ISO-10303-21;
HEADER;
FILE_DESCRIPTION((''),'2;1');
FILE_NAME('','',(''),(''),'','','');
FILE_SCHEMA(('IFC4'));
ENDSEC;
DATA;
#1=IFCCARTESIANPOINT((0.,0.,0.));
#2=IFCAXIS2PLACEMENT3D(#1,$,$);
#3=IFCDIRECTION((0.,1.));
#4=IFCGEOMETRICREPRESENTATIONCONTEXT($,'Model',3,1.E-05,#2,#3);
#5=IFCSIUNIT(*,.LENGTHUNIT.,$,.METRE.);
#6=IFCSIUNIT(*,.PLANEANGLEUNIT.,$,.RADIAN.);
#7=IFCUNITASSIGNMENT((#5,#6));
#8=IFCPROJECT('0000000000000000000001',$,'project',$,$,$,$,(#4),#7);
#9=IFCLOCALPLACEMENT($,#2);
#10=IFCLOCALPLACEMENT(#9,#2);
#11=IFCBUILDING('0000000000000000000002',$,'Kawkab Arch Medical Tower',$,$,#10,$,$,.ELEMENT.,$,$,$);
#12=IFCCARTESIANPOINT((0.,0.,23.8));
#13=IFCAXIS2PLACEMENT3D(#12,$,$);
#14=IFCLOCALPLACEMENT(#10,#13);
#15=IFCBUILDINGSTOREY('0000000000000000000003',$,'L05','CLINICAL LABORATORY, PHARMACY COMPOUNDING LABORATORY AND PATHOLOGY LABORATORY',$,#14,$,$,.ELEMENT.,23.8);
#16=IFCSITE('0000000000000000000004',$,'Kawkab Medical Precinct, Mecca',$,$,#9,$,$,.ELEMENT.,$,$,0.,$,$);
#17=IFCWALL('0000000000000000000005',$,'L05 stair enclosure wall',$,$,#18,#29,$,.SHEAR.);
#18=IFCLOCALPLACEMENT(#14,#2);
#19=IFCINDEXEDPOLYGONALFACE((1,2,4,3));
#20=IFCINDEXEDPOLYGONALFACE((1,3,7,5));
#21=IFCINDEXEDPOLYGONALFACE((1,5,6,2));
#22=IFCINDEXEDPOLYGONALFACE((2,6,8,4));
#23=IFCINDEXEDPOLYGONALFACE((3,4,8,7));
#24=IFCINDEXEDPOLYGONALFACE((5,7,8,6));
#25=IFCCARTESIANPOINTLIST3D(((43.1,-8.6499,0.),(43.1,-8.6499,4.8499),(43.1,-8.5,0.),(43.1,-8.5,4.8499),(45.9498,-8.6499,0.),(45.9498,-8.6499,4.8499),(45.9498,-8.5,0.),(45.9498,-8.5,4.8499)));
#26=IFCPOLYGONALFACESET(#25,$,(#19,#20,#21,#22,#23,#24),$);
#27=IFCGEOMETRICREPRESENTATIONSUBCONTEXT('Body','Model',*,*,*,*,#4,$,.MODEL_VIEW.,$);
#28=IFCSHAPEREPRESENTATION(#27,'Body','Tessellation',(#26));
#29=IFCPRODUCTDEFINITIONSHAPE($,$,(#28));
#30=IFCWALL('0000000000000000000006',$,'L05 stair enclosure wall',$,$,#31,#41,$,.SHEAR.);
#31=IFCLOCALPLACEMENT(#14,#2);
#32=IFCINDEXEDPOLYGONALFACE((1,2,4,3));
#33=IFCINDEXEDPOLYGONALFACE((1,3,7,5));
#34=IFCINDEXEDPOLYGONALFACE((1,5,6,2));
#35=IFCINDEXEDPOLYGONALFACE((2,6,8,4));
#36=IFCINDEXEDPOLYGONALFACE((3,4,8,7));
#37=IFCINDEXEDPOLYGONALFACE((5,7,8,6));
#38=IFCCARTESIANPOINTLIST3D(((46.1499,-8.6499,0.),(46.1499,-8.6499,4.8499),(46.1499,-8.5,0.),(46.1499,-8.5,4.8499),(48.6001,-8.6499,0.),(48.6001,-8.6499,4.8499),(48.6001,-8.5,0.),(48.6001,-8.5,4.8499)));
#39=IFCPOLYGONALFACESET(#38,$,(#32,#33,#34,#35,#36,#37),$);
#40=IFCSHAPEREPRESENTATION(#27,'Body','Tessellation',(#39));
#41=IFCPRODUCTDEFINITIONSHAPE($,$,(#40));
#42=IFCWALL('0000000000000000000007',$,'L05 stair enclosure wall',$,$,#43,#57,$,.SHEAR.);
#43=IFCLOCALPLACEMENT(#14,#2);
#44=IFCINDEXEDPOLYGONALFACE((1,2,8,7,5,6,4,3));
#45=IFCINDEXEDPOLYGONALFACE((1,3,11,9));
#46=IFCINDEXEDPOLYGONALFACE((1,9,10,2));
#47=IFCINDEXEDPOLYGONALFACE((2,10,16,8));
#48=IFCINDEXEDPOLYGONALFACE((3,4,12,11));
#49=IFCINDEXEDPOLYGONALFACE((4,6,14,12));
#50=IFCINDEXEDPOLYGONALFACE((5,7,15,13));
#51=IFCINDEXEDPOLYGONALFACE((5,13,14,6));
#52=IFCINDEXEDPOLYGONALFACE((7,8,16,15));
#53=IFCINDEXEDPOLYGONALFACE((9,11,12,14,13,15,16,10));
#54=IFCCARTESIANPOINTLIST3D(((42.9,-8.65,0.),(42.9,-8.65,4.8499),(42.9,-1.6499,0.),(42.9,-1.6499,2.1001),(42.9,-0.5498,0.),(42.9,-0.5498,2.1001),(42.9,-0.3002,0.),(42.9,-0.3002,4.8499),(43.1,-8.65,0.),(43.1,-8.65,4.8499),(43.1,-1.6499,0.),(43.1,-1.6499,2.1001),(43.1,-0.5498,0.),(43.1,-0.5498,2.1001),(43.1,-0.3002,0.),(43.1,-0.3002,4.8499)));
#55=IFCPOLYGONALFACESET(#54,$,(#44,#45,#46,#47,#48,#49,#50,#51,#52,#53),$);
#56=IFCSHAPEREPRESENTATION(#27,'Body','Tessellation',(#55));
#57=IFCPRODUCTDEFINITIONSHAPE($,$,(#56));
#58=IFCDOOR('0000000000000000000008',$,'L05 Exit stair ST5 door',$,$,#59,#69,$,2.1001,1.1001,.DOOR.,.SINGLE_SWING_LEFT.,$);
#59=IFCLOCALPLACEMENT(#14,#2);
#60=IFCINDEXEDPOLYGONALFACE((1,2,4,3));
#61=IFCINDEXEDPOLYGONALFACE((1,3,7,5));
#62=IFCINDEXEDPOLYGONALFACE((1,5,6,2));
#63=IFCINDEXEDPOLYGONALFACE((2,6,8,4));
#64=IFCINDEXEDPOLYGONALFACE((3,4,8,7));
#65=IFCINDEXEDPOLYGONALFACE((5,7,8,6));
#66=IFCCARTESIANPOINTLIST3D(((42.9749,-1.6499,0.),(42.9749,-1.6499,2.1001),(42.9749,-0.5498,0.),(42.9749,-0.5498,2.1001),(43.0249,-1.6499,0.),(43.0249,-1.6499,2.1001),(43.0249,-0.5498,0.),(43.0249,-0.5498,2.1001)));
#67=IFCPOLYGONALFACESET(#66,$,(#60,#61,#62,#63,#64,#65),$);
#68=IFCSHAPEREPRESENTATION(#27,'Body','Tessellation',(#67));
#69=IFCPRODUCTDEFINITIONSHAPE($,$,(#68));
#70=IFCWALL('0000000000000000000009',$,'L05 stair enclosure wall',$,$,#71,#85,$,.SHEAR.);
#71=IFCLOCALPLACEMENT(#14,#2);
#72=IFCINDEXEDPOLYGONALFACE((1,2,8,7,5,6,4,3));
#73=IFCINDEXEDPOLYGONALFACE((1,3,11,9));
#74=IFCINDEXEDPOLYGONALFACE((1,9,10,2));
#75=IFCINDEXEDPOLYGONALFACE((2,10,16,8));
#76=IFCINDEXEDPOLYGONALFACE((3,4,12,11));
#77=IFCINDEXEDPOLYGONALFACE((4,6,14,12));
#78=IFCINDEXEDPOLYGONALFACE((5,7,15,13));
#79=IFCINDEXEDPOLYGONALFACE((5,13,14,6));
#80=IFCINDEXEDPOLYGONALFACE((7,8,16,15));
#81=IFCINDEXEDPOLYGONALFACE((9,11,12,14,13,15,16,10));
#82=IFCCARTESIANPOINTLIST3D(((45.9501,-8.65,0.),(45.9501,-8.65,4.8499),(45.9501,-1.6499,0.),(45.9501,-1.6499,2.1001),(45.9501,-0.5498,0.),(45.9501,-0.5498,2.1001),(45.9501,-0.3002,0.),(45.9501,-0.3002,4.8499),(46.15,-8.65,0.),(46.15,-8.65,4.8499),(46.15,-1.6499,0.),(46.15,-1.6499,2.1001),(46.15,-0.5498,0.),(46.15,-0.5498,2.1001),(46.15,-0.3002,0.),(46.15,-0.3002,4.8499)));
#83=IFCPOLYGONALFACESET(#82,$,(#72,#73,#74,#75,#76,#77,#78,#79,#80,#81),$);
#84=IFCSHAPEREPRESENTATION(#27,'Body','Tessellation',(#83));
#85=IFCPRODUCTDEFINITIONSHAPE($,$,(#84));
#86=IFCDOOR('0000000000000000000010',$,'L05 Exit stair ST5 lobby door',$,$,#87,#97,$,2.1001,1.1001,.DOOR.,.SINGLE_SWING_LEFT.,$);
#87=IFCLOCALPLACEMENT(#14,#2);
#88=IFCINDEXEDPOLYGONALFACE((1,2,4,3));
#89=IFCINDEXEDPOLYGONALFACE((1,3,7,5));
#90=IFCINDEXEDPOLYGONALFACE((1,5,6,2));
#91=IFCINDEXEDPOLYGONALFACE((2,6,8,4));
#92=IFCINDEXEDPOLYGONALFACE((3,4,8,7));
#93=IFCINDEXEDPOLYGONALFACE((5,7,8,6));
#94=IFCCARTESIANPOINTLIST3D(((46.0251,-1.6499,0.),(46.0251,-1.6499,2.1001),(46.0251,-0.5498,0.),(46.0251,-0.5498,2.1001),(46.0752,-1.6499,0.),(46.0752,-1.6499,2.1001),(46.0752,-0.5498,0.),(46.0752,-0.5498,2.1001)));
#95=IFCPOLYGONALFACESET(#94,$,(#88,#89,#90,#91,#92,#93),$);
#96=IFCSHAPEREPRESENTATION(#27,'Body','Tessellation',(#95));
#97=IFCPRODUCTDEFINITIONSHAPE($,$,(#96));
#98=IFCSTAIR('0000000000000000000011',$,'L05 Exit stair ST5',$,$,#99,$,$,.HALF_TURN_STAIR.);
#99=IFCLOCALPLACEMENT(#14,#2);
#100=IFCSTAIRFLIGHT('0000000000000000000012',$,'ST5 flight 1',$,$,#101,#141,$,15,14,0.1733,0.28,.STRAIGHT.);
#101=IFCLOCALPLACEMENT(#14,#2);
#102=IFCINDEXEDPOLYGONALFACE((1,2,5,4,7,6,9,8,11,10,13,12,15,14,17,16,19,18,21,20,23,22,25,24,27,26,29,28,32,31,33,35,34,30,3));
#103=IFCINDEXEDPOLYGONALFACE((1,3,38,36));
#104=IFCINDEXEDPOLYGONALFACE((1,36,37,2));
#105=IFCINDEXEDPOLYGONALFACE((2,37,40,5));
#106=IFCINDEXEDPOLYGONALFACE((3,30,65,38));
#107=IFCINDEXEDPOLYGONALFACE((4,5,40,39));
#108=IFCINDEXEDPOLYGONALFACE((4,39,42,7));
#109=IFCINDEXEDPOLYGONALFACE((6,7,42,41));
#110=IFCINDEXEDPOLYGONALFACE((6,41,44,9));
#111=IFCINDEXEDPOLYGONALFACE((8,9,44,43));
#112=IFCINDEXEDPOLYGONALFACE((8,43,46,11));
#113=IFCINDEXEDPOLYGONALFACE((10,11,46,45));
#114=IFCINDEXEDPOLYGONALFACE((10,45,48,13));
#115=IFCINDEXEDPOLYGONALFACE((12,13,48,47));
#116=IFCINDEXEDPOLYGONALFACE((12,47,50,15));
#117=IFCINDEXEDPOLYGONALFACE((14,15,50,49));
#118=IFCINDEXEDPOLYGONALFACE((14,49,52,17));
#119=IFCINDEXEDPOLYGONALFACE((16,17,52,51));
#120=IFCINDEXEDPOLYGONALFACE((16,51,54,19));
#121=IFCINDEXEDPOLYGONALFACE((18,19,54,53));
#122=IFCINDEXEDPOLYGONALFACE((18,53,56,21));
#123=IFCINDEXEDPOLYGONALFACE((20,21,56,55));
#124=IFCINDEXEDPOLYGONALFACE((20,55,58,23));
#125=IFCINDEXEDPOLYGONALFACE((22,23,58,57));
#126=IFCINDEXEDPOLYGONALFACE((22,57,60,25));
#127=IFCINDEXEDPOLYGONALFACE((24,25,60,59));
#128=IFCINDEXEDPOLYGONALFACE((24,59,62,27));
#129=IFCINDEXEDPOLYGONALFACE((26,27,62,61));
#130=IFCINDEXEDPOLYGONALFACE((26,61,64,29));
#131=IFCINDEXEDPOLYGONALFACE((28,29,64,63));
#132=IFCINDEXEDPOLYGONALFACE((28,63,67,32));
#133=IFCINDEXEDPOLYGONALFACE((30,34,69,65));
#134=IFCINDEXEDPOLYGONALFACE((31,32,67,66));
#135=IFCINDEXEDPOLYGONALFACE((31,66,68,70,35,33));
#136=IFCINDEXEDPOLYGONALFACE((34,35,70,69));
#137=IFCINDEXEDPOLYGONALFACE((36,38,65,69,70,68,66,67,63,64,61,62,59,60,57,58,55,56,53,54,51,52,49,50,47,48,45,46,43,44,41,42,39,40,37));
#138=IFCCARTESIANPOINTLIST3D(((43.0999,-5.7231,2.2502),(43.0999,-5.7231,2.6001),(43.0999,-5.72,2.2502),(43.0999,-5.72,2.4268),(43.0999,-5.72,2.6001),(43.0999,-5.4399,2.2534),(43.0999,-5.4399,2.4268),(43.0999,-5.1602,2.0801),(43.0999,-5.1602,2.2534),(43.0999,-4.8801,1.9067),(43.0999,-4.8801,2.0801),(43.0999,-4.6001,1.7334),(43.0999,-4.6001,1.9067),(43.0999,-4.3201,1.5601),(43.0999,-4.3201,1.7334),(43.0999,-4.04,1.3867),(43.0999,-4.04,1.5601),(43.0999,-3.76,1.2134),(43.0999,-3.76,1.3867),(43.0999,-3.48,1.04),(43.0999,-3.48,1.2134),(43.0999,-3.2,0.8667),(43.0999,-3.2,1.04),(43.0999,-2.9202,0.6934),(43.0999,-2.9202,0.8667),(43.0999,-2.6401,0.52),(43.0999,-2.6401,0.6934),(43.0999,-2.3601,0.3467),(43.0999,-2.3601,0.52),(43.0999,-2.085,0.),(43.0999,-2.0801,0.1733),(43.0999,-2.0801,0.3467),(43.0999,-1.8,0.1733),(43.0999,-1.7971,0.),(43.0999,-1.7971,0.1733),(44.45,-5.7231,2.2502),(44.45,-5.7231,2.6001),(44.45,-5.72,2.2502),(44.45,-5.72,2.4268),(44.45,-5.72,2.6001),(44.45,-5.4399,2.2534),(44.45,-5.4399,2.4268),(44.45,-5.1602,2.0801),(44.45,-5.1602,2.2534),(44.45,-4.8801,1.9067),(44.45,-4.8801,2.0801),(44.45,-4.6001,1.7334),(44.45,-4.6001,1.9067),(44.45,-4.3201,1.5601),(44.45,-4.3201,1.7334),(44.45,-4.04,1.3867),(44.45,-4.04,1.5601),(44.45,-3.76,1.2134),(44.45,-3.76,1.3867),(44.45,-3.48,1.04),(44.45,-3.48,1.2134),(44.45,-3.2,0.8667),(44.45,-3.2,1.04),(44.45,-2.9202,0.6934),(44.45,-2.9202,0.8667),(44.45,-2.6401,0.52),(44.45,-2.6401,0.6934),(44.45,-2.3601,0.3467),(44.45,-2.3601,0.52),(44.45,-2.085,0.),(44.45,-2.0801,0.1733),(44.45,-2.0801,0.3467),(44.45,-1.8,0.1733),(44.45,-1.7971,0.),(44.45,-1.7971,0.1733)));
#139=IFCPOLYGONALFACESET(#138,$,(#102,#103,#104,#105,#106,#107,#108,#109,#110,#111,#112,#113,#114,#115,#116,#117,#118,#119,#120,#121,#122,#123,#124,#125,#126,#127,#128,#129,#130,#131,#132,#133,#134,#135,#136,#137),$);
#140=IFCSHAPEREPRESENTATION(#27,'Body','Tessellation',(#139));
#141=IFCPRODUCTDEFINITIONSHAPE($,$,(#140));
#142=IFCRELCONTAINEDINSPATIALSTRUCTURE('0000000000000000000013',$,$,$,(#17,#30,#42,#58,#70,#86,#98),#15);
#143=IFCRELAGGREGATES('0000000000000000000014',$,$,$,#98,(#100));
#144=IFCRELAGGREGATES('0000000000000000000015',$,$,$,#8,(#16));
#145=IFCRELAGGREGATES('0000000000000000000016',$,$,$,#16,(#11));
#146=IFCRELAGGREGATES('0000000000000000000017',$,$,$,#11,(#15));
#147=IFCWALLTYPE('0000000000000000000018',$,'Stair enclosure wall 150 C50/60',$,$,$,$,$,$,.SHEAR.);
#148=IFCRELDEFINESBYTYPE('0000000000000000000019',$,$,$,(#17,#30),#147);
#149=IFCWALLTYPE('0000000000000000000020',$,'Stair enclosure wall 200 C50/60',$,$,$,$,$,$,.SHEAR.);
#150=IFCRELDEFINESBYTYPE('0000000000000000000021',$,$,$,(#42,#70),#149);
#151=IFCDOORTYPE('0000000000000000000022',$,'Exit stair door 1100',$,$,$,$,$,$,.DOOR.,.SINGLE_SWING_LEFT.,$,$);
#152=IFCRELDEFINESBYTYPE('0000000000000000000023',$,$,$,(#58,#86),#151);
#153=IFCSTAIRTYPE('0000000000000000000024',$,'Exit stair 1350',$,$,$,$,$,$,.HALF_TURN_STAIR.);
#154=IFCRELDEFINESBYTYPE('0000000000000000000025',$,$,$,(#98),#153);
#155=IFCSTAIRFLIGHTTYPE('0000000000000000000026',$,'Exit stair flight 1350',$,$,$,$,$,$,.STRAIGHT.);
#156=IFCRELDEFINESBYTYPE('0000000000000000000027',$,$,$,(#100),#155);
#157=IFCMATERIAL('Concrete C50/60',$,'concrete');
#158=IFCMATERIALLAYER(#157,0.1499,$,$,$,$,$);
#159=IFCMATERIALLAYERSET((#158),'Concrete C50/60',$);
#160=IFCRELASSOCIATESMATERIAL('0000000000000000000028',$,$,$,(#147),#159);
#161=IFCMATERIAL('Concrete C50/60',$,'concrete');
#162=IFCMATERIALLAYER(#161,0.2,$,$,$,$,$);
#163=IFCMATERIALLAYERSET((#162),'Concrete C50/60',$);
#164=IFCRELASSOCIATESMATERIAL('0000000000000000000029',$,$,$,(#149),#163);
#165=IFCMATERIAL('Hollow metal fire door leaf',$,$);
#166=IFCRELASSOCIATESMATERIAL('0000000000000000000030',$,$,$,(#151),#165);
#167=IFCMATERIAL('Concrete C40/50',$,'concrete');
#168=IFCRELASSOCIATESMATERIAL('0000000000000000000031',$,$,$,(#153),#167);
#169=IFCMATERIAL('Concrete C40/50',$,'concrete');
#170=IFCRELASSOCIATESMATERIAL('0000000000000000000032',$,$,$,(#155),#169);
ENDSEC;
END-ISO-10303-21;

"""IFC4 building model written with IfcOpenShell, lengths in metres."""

from ifc_helpers import new_model, si_unit, direction, frame, frame_2d, origin, place, context, subcontext, project, spatial, polyline, rectangle, outline, extrude, material, layer, layer_set, type_object, element, fill, aggregate, save


model = new_model("IFC4")

# Units and contexts
model_context = context("Model", 3, precision=1e-05, world=origin(), true_north=direction((0.0, 1.0)))
body_context = subcontext(model_context, "Body", "Model", "MODEL_VIEW")
ifc_project = project(units=[si_unit("LENGTHUNIT", "METRE"), si_unit("PLANEANGLEUNIT", "RADIAN")], contexts=[model_context])

# Site, building, storey
site_placement = place(None, origin())
site = spatial("IfcSite", under=ifc_project, at=site_placement, Name="Kawkab Medical Precinct, Mecca", CompositionType="ELEMENT", RefElevation=0.0)
building_placement = place(site_placement, origin())
building = spatial("IfcBuilding", under=site, at=building_placement, Name="Kawkab Arch Medical Tower", CompositionType="ELEMENT")
storey_placement = place(building_placement, frame((0.0, 0.0, 23.8)))
storey = spatial("IfcBuildingStorey", under=building, at=storey_placement, Name="L05", Description="CLINICAL LABORATORY, PHARMACY COMPOUNDING LABORATORY AND PATHOLOGY LABORATORY", CompositionType="ELEMENT", Elevation=23.8)

# Walls
ifc_material_1 = material(Name="Concrete C50/60", Category="concrete")
ifc_layer_1 = layer(ifc_material_1, 0.1499)
ifc_layer_set_1 = layer_set([ifc_layer_1], Name="Concrete C50/60")
wall_type_1 = type_object("IfcWallType", Name="Stair enclosure wall 150 C50/60", PredefinedType="SHEAR", material=ifc_layer_set_1)
wall_1_placement = place(storey_placement, frame((43.1001, -8.575, 0.0), z_axis=(0.0, 0.0, 1.0), x_axis=(1.0, 0.0, 0.0)))
element("IfcWall", 1, at=wall_1_placement, inside=storey, type_object=wall_type_1, Name="L05 stair enclosure wall", PredefinedType="SHEAR", context=body_context, shape_type="SweptSolid", body=[
    extrude(rectangle(XDim=2.8499, YDim=0.1499, at=frame_2d((1.4248, 0.0))), origin(), (0.0, 0.0, 1.0), 4.8499),
])
wall_2_placement = place(storey_placement, frame((46.1499, -8.575, 0.0), z_axis=(0.0, 0.0, 1.0), x_axis=(1.0, 0.0, 0.0)))
element("IfcWall", 2, at=wall_2_placement, inside=storey, type_object=wall_type_1, Name="L05 stair enclosure wall", PredefinedType="SHEAR", context=body_context, shape_type="SweptSolid", body=[
    extrude(rectangle(XDim=2.4502, YDim=0.1499, at=frame_2d((1.2251, 0.0))), origin(), (0.0, 0.0, 1.0), 4.8499),
])

# Walls, openings, doors
ifc_material_2 = material(Name="Concrete C50/60", Category="concrete")
ifc_layer_2 = layer(ifc_material_2, 0.2)
ifc_layer_set_2 = layer_set([ifc_layer_2], Name="Concrete C50/60")
wall_type_2 = type_object("IfcWallType", Name="Stair enclosure wall 200 C50/60", PredefinedType="SHEAR", material=ifc_layer_set_2)
wall_3_placement = place(storey_placement, frame((43.0, -8.6499, 0.0), z_axis=(0.0, 0.0, 1.0), x_axis=(0.0, 1.0, 0.0)))
wall_3 = element("IfcWall", 3, at=wall_3_placement, inside=storey, type_object=wall_type_2, Name="L05 stair enclosure wall", PredefinedType="SHEAR", context=body_context, shape_type="SweptSolid", body=[
    extrude(rectangle(XDim=8.3499, YDim=0.2, at=frame_2d((4.1748, 0.0))), origin(), (0.0, 0.0, 1.0), 4.8499),
])
opening_1_placement = place(wall_3_placement, frame((7.0, 0.0, 0.0)))
opening_1 = element("IfcOpeningElement", 4, at=opening_1_placement, cuts=wall_3, PredefinedType="OPENING", context=body_context, shape_type="SweptSolid", body=[
    extrude(rectangle(XDim=1.1001, YDim=2.1001, at=frame_2d((0.55, 1.05))), frame((0.0, 0.1099, 0.0), z_axis=(0.0, -1.0, 0.0), x_axis=(1.0, 0.0, 0.0)), (0.0, 0.0, 1.0), 0.22),
])
ifc_material_3 = material(Name="Hollow metal fire door leaf")
door_type_1 = type_object("IfcDoorType", Name="Exit stair door 1100", OperationType="SINGLE_SWING_LEFT", PredefinedType="DOOR", material=ifc_material_3)
door_1_placement = place(opening_1_placement, frame((1.1001, 0.0, 0.0), z_axis=(0.0, 0.0, 1.0), x_axis=(-1.0, 0.0, 0.0)))
door_1 = element("IfcDoor", 5, at=door_1_placement, inside=storey, type_object=door_type_1, Name="L05 Exit stair ST5 door", OperationType="SINGLE_SWING_LEFT", OverallHeight=2.1001, OverallWidth=1.1001, PredefinedType="DOOR", context=body_context, shape_type="SweptSolid", body=[
    extrude(rectangle(XDim=1.1001, YDim=2.1001, at=frame_2d((0.55, 1.05))), frame((0.0, 0.0249, 0.0), z_axis=(0.0, -1.0, 0.0), x_axis=(1.0, 0.0, 0.0)), (0.0, 0.0, 1.0), 0.05),
])
fill(opening_1, door_1)
wall_4_placement = place(storey_placement, frame((46.05, -8.6499, 0.0), z_axis=(0.0, 0.0, 1.0), x_axis=(0.0, 1.0, 0.0)))
wall_4 = element("IfcWall", 6, at=wall_4_placement, inside=storey, type_object=wall_type_2, Name="L05 stair enclosure wall", PredefinedType="SHEAR", context=body_context, shape_type="SweptSolid", body=[
    extrude(rectangle(XDim=8.3499, YDim=0.2, at=frame_2d((4.1748, 0.0))), origin(), (0.0, 0.0, 1.0), 4.8499),
])
opening_2_placement = place(wall_4_placement, frame((7.0, 0.0, 0.0)))
opening_2 = element("IfcOpeningElement", 7, at=opening_2_placement, cuts=wall_4, PredefinedType="OPENING", context=body_context, shape_type="SweptSolid", body=[
    extrude(rectangle(XDim=1.1001, YDim=2.1001, at=frame_2d((0.55, 1.05))), frame((0.0, 0.1099, 0.0), z_axis=(0.0, -1.0, 0.0), x_axis=(1.0, 0.0, 0.0)), (0.0, 0.0, 1.0), 0.22),
])
door_2_placement = place(opening_2_placement, origin())
door_2 = element("IfcDoor", 8, at=door_2_placement, inside=storey, type_object=door_type_1, Name="L05 Exit stair ST5 lobby door", OperationType="SINGLE_SWING_LEFT", OverallHeight=2.1001, OverallWidth=1.1001, PredefinedType="DOOR", context=body_context, shape_type="SweptSolid", body=[
    extrude(rectangle(XDim=1.1001, YDim=2.1001, at=frame_2d((0.55, 1.05))), frame((0.0, 0.0249, 0.0), z_axis=(0.0, -1.0, 0.0), x_axis=(1.0, 0.0, 0.0)), (0.0, 0.0, 1.0), 0.05),
])
fill(opening_2, door_2)

# Stair, stair flight
ifc_material_4 = material(Name="Concrete C40/50", Category="concrete")
stair_type = type_object("IfcStairType", Name="Exit stair 1350", PredefinedType="HALF_TURN_STAIR", material=ifc_material_4)
stair_placement = place(storey_placement, origin())
stair = element("IfcStair", 9, at=stair_placement, inside=storey, type_object=stair_type, Name="L05 Exit stair ST5", PredefinedType="HALF_TURN_STAIR")
ifc_material_5 = material(Name="Concrete C40/50", Category="concrete")
stair_flight_type = type_object("IfcStairFlightType", Name="Exit stair flight 1350", PredefinedType="STRAIGHT", material=ifc_material_5)
stair_flight_1_placement = place(storey_placement, frame((43.7749, -1.8, 0.0), z_axis=(0.0, 0.0, 1.0), x_axis=(0.0, -1.0, 0.0)))
stair_flight_1 = element("IfcStairFlight", 10, at=stair_flight_1_placement, type_object=stair_flight_type, Name="ST5 flight 1", NumberOfRisers=15, NumberOfTreads=14, PredefinedType="STRAIGHT", RiserHeight=0.1733, TreadLength=0.28, context=body_context, shape_type="SweptSolid", body=[
    extrude(outline(polyline([(-0.0029, 0.0), (-0.0029, 0.1733), (0.0, 0.1733), (0.28, 0.1733), (0.28, 0.3467), (0.5601, 0.3467), (0.5601, 0.52), (0.8401, 0.52), (0.8401, 0.6934), (1.1201, 0.6934), (1.1201, 0.8667), (1.3999, 0.8667), (1.3999, 1.04), (1.6799, 1.04), (1.6799, 1.2134), (1.96, 1.2134), (1.96, 1.3867), (2.24, 1.3867), (2.24, 1.5601), (2.52, 1.5601), (2.52, 1.7334), (2.8, 1.7334), (2.8, 1.9067), (3.0801, 1.9067), (3.0801, 2.0801), (3.3601, 2.0801), (3.3601, 2.2534), (3.6399, 2.2534), (3.6399, 2.4268), (3.9199, 2.4268), (3.9199, 2.6001), (3.9231, 2.6001), (3.9231, 2.2502), (3.9199, 2.2502), (0.2849, 0.0), (-0.0029, 0.0)])), frame((0.0, 0.675, 0.0), z_axis=(0.0, -1.0, 0.0), x_axis=(1.0, 0.0, 0.0)), (0.0, 0.0, 1.0), 1.3501),
])
aggregate(stair, [stair_flight_1])

save(model, "model.ifc")
